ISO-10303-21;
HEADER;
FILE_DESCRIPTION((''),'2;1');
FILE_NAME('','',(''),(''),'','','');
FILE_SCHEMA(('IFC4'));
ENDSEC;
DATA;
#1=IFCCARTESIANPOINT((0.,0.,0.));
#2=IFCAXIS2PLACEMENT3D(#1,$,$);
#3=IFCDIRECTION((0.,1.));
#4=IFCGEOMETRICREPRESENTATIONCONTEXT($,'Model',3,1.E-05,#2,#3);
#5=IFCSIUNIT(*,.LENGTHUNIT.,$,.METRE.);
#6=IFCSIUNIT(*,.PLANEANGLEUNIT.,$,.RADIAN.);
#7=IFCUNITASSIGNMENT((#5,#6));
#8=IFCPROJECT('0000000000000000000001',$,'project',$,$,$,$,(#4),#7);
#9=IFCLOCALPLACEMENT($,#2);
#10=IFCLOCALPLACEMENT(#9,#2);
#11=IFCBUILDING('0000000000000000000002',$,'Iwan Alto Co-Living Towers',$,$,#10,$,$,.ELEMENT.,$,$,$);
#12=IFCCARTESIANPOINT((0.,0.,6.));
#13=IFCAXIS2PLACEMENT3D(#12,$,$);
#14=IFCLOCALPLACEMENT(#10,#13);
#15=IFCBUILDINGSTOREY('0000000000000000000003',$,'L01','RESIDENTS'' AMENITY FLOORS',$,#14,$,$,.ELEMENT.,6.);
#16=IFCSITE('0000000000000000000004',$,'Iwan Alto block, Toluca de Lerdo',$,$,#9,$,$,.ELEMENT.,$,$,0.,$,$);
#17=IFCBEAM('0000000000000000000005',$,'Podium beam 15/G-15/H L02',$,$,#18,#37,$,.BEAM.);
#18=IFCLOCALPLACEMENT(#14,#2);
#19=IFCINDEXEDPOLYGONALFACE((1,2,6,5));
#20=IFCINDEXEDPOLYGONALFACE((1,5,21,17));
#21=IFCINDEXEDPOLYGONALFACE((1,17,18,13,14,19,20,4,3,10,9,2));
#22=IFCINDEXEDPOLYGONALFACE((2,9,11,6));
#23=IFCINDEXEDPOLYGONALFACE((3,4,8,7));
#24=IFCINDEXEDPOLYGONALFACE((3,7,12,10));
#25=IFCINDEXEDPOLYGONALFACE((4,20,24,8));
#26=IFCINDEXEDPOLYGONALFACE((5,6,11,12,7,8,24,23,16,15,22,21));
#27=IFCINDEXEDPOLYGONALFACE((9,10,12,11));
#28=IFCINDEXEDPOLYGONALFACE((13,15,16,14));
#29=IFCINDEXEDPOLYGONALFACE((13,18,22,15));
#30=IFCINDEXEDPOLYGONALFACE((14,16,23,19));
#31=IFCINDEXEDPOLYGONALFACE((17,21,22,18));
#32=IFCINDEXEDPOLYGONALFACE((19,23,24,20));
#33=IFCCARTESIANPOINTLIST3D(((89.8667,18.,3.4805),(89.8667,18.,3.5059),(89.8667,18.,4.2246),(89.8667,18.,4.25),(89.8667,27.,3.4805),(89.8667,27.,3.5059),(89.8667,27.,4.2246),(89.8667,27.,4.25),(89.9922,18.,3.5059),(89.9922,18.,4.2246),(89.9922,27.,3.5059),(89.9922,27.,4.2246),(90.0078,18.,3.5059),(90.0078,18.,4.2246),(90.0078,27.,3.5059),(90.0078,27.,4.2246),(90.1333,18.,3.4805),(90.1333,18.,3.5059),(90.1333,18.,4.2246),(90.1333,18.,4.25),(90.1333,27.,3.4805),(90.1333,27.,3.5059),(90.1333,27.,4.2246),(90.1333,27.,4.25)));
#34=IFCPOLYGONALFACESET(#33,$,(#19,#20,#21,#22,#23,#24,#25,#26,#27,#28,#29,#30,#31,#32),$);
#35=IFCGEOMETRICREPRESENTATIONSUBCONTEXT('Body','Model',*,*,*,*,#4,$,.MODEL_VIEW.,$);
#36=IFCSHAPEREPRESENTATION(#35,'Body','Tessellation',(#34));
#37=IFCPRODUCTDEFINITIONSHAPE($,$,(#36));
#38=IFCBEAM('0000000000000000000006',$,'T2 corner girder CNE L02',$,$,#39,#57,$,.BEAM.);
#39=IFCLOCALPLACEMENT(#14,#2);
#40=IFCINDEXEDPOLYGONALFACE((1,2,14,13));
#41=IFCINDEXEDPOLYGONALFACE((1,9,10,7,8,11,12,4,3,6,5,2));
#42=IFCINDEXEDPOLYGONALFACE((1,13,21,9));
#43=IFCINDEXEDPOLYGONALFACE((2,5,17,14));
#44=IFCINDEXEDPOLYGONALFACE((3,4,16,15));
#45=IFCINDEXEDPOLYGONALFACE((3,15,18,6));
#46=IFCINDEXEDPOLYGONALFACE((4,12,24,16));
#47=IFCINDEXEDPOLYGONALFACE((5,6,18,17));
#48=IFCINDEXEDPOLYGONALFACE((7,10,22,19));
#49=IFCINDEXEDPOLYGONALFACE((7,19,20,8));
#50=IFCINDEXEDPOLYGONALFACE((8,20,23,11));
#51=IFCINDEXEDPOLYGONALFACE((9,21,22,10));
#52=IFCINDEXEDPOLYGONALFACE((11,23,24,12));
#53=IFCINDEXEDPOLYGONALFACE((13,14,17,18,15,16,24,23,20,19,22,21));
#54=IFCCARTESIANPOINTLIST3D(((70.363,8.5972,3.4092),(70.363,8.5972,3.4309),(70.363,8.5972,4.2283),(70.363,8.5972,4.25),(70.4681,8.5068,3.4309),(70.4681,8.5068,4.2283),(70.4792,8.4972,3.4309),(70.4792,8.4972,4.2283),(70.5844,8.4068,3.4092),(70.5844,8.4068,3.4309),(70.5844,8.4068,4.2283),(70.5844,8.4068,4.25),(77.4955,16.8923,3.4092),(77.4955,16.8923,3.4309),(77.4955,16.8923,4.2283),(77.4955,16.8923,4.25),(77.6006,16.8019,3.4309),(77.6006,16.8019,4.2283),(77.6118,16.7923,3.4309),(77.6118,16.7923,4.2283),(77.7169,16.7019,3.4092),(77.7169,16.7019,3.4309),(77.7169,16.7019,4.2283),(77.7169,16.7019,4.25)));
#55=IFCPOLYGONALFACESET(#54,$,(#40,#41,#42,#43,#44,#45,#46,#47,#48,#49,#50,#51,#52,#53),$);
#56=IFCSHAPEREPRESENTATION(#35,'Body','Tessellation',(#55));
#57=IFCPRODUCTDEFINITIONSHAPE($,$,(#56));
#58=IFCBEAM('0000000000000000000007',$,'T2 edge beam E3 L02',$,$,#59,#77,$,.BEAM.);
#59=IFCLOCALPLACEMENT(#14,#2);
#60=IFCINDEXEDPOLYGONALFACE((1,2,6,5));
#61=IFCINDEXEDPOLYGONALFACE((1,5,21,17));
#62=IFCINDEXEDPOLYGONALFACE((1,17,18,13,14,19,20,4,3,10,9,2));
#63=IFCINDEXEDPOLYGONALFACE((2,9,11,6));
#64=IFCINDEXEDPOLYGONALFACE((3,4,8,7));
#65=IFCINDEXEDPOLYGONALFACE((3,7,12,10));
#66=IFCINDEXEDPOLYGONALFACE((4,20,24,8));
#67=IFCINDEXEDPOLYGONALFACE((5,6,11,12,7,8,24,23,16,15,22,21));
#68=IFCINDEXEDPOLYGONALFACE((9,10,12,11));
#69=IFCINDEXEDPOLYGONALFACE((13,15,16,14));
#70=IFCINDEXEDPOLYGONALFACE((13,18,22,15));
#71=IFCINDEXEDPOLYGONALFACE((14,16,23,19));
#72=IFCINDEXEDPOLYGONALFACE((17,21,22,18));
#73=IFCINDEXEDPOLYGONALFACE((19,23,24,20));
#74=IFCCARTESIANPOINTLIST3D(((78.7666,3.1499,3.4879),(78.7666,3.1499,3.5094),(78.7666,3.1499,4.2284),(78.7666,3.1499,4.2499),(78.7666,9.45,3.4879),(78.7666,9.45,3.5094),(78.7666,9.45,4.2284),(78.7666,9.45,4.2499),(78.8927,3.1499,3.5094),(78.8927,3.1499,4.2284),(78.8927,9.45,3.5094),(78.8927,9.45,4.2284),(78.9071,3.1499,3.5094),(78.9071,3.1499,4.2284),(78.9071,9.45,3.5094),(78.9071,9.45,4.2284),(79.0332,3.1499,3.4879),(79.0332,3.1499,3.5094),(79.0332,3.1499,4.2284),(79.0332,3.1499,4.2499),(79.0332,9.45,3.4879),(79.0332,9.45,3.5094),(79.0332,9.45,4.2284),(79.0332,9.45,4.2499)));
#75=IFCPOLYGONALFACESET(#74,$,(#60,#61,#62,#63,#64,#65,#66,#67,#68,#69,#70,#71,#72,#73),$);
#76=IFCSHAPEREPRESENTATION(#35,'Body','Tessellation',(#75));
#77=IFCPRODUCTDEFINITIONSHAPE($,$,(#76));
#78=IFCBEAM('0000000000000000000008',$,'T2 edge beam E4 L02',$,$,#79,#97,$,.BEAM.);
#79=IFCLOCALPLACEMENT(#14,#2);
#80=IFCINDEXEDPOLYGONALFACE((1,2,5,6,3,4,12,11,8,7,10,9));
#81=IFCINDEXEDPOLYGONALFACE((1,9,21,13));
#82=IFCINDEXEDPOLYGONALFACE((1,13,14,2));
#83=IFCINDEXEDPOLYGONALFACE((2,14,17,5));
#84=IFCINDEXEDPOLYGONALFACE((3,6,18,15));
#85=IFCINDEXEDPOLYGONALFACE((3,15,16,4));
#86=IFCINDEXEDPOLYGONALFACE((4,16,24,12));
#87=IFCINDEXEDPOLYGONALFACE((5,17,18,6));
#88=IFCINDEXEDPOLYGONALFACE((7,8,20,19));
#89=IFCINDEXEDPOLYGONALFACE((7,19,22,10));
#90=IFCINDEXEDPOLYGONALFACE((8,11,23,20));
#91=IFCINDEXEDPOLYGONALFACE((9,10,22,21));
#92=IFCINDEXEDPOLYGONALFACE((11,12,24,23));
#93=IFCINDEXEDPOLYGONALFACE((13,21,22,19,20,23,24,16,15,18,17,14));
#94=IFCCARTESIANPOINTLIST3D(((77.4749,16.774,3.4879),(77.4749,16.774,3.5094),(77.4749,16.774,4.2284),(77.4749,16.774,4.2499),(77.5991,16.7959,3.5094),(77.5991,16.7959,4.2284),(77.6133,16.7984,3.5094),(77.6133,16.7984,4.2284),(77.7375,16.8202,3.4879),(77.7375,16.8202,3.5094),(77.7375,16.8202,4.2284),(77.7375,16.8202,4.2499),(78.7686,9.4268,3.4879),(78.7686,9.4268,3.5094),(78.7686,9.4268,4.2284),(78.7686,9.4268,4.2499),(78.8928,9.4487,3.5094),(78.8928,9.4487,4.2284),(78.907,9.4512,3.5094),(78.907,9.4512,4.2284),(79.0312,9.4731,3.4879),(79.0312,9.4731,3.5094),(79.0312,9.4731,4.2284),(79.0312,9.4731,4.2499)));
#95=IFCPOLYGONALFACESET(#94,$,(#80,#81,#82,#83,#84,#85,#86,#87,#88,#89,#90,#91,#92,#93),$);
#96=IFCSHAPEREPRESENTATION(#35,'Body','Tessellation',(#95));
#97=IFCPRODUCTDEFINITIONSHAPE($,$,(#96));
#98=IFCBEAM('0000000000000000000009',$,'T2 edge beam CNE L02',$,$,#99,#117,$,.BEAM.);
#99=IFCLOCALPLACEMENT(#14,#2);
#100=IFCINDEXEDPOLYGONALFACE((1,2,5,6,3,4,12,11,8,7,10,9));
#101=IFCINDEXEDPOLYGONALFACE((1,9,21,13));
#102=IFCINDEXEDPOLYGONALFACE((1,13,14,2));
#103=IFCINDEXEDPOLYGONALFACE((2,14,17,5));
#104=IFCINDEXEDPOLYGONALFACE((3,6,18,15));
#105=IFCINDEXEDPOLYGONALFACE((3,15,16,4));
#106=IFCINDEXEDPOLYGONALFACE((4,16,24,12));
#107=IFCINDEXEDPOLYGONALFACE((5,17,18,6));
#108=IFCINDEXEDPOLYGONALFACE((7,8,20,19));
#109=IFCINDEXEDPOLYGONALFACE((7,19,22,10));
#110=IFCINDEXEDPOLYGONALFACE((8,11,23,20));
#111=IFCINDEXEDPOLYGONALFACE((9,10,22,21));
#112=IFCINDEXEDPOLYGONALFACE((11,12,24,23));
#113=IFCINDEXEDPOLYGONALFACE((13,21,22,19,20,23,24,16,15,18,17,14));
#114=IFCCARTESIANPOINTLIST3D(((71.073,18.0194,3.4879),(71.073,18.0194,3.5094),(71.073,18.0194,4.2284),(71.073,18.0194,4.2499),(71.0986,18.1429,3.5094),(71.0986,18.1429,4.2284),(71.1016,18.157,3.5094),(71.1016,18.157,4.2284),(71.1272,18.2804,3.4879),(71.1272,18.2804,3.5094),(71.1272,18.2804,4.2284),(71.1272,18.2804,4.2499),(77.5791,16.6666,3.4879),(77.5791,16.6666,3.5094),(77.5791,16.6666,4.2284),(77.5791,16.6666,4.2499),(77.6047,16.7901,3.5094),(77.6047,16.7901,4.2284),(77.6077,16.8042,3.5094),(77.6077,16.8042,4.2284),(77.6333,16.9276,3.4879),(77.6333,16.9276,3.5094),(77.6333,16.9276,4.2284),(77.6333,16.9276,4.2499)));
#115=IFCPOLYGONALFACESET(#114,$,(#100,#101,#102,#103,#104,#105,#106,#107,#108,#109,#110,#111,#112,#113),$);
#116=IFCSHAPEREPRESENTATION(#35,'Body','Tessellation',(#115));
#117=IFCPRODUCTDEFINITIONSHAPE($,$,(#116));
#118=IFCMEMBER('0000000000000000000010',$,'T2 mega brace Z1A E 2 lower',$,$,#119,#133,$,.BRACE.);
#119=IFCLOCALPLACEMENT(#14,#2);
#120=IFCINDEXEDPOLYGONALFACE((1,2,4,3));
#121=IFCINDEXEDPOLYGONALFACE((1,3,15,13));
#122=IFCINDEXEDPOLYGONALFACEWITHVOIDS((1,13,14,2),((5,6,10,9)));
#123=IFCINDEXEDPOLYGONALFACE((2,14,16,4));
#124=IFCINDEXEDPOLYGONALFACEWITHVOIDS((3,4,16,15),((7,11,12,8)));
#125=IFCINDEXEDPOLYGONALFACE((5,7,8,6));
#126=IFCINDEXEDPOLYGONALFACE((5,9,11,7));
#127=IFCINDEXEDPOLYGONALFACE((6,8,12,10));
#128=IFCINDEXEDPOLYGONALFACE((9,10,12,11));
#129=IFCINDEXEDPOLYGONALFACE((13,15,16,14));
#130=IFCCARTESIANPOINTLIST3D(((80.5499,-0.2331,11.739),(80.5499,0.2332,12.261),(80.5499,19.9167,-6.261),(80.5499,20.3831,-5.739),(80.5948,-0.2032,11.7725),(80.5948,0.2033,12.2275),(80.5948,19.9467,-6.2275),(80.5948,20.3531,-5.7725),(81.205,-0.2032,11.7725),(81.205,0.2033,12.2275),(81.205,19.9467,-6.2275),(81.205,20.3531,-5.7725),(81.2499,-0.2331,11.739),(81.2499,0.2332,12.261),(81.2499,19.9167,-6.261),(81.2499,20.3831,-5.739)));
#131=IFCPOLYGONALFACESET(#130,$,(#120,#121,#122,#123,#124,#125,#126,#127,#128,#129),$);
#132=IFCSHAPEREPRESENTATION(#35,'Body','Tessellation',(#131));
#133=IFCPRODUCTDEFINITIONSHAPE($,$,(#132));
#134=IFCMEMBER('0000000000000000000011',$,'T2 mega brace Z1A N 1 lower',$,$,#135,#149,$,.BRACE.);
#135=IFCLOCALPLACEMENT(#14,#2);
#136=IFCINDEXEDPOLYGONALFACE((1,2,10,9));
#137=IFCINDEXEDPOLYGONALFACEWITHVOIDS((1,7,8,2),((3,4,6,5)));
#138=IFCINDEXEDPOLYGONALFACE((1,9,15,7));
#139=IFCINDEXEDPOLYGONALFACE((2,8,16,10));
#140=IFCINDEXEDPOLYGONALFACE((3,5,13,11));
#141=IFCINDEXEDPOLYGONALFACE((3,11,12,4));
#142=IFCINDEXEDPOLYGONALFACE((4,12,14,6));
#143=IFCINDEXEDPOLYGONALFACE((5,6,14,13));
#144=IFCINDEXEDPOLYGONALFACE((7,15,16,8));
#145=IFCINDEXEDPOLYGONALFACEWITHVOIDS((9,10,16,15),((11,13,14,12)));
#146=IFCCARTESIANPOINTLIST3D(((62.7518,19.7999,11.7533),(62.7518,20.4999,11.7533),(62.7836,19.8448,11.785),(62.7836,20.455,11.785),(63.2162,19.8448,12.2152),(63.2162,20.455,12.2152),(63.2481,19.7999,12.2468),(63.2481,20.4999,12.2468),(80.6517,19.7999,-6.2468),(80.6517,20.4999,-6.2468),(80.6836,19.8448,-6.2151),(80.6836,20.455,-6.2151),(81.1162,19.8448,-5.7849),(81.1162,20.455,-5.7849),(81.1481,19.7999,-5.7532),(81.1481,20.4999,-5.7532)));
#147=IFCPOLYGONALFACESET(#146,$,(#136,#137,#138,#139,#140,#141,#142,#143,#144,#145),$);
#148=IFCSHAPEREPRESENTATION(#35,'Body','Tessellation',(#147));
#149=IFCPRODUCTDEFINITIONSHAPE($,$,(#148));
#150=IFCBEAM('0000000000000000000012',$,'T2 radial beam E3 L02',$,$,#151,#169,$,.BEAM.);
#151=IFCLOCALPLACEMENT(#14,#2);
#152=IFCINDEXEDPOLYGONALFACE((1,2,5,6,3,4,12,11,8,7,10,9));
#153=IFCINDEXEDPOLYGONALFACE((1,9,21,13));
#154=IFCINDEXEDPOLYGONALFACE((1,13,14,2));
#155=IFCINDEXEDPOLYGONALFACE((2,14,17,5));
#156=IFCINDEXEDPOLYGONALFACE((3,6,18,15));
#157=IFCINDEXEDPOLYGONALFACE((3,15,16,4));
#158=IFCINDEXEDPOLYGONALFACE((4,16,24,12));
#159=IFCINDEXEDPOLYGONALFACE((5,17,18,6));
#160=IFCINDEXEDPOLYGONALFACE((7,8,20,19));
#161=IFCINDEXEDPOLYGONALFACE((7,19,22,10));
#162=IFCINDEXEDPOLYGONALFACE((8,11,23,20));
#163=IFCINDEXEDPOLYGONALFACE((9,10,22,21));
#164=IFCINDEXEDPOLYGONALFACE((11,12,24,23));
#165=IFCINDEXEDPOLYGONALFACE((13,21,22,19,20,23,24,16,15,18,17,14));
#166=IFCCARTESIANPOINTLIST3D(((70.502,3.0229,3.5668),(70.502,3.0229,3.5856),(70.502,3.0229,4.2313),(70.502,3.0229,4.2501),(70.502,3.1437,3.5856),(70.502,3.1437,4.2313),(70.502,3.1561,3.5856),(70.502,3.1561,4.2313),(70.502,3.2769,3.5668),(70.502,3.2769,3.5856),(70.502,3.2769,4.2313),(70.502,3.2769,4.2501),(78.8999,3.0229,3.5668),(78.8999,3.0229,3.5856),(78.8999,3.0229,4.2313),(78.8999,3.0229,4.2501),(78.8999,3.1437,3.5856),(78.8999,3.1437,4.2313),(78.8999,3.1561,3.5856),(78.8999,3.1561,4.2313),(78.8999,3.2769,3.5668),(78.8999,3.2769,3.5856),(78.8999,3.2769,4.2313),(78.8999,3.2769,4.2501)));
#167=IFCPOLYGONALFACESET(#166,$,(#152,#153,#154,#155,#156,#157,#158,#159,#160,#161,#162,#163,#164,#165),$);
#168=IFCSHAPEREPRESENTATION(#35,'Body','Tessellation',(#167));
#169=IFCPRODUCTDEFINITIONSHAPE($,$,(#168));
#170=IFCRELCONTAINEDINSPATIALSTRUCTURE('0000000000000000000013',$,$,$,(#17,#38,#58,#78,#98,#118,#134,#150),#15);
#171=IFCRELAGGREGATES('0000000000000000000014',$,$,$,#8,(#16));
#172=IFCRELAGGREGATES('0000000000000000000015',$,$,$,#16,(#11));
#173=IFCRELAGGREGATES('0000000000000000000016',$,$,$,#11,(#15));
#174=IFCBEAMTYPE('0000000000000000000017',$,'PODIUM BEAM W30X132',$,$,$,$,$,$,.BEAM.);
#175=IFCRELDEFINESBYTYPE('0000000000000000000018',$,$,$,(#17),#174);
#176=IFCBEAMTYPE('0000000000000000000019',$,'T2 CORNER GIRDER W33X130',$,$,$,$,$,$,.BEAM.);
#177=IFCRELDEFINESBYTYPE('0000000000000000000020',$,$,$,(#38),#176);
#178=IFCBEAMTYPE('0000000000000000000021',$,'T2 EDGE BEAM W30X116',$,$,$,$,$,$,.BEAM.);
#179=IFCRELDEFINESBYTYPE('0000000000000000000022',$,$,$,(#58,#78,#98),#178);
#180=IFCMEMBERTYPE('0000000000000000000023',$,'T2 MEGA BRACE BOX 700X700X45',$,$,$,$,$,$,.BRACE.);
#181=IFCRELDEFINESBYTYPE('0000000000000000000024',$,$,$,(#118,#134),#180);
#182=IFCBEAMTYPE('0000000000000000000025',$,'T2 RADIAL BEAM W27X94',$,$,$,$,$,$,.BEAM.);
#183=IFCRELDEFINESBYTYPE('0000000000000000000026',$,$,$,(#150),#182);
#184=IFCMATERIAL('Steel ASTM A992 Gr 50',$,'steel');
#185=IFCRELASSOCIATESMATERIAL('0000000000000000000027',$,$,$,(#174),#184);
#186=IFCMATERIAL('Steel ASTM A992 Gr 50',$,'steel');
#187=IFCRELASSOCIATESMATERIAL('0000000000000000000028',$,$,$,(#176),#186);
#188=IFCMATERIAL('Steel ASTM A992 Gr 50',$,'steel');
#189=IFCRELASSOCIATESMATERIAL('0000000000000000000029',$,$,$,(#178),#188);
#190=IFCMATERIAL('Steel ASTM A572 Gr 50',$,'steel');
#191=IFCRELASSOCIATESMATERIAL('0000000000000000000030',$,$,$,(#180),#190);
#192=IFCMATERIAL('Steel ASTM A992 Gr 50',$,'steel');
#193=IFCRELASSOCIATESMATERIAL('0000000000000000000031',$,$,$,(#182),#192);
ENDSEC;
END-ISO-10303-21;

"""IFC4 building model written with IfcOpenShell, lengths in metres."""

from ifc_helpers import new_model, si_unit, direction, frame, origin, origin_2d, place, context, subcontext, project, spatial, hollow_rectangle, i_section, extrude, material, material_profile, profile_set, type_object, element, save


model = new_model("IFC4")

# Units and contexts
model_context = context("Model", 3, precision=1e-05, world=origin(), true_north=direction((0.0, 1.0)))
body_context = subcontext(model_context, "Body", "Model", "MODEL_VIEW")
ifc_project = project(units=[si_unit("LENGTHUNIT", "METRE"), si_unit("PLANEANGLEUNIT", "RADIAN")], contexts=[model_context])

# Site, building, storey
site_placement = place(None, origin())
site = spatial("IfcSite", under=ifc_project, at=site_placement, Name="Iwan Alto block, Toluca de Lerdo", CompositionType="ELEMENT", RefElevation=0.0)
building_placement = place(site_placement, origin())
building = spatial("IfcBuilding", under=site, at=building_placement, Name="Iwan Alto Co-Living Towers", CompositionType="ELEMENT")
storey_placement = place(building_placement, frame((0.0, 0.0, 6.0)))
storey = spatial("IfcBuildingStorey", under=building, at=storey_placement, Name="L01", Description="RESIDENTS' AMENITY FLOORS", CompositionType="ELEMENT", Elevation=6.0)

# Beams
ifc_material_1 = material(Name="Steel ASTM A992 Gr 50", Category="steel")
ifc_material_profile_1 = material_profile(ifc_material_1, i_section(OverallWidth=0.2666, OverallDepth=0.7695, WebThickness=0.0156, FlangeThickness=0.0254, at=origin_2d()), Name="W30X132")
ifc_profile_set_1 = profile_set([ifc_material_profile_1], Name="Steel ASTM A992 Gr 50")
beam_type_1 = type_object("IfcBeamType", Name="PODIUM BEAM W30X132", PredefinedType="BEAM", material=ifc_profile_set_1)
for number, where, z_axis, x_axis, name in (
    (1, (90.0, 18.0, 3.8652), (0.0, 1.0, 0.0), (-1.0, 0.0, 0.0), "Podium beam 15/G-15/H L02"),
):
    element("IfcBeam", number, at=place(storey_placement, frame(where, z_axis=z_axis, x_axis=x_axis)), inside=storey, type_object=beam_type_1, Name=name, PredefinedType="BEAM", context=body_context, shape_type="SweptSolid", body=[
        extrude(i_section(OverallWidth=0.2666, OverallDepth=0.7695, WebThickness=0.0156, FlangeThickness=0.0254, at=origin_2d()), origin(), (0.0, 0.0, 1.0), 9.0),
    ])
ifc_material_2 = material(Name="Steel ASTM A992 Gr 50", Category="steel")
ifc_material_profile_2 = material_profile(ifc_material_2, i_section(OverallWidth=0.292, OverallDepth=0.8408, WebThickness=0.0146, FlangeThickness=0.0217, at=origin_2d()), Name="W33X130")
ifc_profile_set_2 = profile_set([ifc_material_profile_2], Name="Steel ASTM A992 Gr 50")
beam_type_2 = type_object("IfcBeamType", Name="T2 CORNER GIRDER W33X130", PredefinedType="BEAM", material=ifc_profile_set_2)
beam_1_placement = place(storey_placement, frame((77.6062, 16.7971, 3.8296), z_axis=(-0.651972, -0.758243, 0.0), x_axis=(0.758243, -0.651972, 0.0)))
element("IfcBeam", 2, at=beam_1_placement, inside=storey, type_object=beam_type_2, Name="T2 corner girder CNE L02", PredefinedType="BEAM", context=body_context, shape_type="SweptSolid", body=[
    extrude(i_section(OverallWidth=0.292, OverallDepth=0.8408, WebThickness=0.0146, FlangeThickness=0.0217, at=origin_2d()), origin(), (0.0, 0.0, 1.0), 10.9399),
])
ifc_material_3 = material(Name="Steel ASTM A992 Gr 50", Category="steel")
ifc_material_profile_3 = material_profile(ifc_material_3, i_section(OverallWidth=0.2666, OverallDepth=0.762, WebThickness=0.0144, FlangeThickness=0.0215, at=origin_2d()), Name="W30X116")
ifc_profile_set_3 = profile_set([ifc_material_profile_3], Name="Steel ASTM A992 Gr 50")
beam_type_3 = type_object("IfcBeamType", Name="T2 EDGE BEAM W30X116", PredefinedType="BEAM", material=ifc_profile_set_3)
beam_2_placement = place(storey_placement, frame((78.8999, 3.1499, 3.8689), z_axis=(0.0, 1.0, 0.0), x_axis=(-1.0, 0.0, 0.0)))
element("IfcBeam", 3, at=beam_2_placement, inside=storey, type_object=beam_type_3, Name="T2 edge beam E3 L02", PredefinedType="BEAM", context=body_context, shape_type="SweptSolid", body=[
    extrude(i_section(OverallWidth=0.2666, OverallDepth=0.762, WebThickness=0.0144, FlangeThickness=0.0215, at=origin_2d()), origin(), (0.0, 0.0, 1.0), 6.3),
])
beam_3_placement = place(storey_placement, frame((78.8999, 9.45, 3.8689), z_axis=(-0.173414, 0.984849, 0.0), x_axis=(-0.984849, -0.173414, 0.0)))
element("IfcBeam", 4, at=beam_3_placement, inside=storey, type_object=beam_type_3, Name="T2 edge beam E4 L02", PredefinedType="BEAM", context=body_context, shape_type="SweptSolid", body=[
    extrude(i_section(OverallWidth=0.2666, OverallDepth=0.762, WebThickness=0.0144, FlangeThickness=0.0215, at=origin_2d()), origin(), (0.0, 0.0, 1.0), 7.4602),
])
beam_4_placement = place(storey_placement, frame((77.6062, 16.7971, 3.8689), z_axis=(-0.97906, 0.203571, 0.0), x_axis=(-0.203571, -0.97906, 0.0)))
element("IfcBeam", 5, at=beam_4_placement, inside=storey, type_object=beam_type_3, Name="T2 edge beam CNE L02", PredefinedType="BEAM", context=body_context, shape_type="SweptSolid", body=[
    extrude(i_section(OverallWidth=0.2666, OverallDepth=0.762, WebThickness=0.0144, FlangeThickness=0.0215, at=origin_2d()), origin(), (0.0, 0.0, 1.0), 6.6453),
])

# Members
ifc_material_4 = material(Name="Steel ASTM A572 Gr 50", Category="steel")
ifc_material_profile_4 = material_profile(ifc_material_4, hollow_rectangle(XDim=0.7, YDim=0.7, WallThickness=0.0449, at=origin_2d()), Name="BOX 700X700X45")
ifc_profile_set_4 = profile_set([ifc_material_profile_4], Name="Steel ASTM A572 Gr 50")
member_type = type_object("IfcMemberType", Name="T2 MEGA BRACE BOX 700X700X45", PredefinedType="BRACE", material=ifc_profile_set_4)
member_1_placement = place(storey_placement, frame((80.8999, 20.1499, -6.0), z_axis=(0.0, -0.745772, 0.666201), x_axis=(1.0, 0.0, 0.0)))
element("IfcMember", 6, at=member_1_placement, inside=storey, type_object=member_type, Name="T2 mega brace Z1A E 2 lower", PredefinedType="BRACE", context=body_context, shape_type="SweptSolid", body=[
    extrude(hollow_rectangle(XDim=0.7, YDim=0.7, WallThickness=0.0449, at=origin_2d()), origin(), (0.0, 0.0, 1.0), 27.0188),
])
member_2_placement = place(storey_placement, frame((80.8999, 20.1499, -6.0), z_axis=(-0.705132, 0.0, 0.709076), x_axis=(0.0, -1.0, 0.0)))
element("IfcMember", 7, at=member_2_placement, inside=storey, type_object=member_type, Name="T2 mega brace Z1A N 1 lower", PredefinedType="BRACE", context=body_context, shape_type="SweptSolid", body=[
    extrude(hollow_rectangle(XDim=0.7, YDim=0.7, WallThickness=0.0449, at=origin_2d()), origin(), (0.0, 0.0, 1.0), 25.3853),
])

# Beam
ifc_material_5 = material(Name="Steel ASTM A992 Gr 50", Category="steel")
ifc_material_profile_5 = material_profile(ifc_material_5, i_section(OverallWidth=0.2539, OverallDepth=0.6833, WebThickness=0.0125, FlangeThickness=0.0188, at=origin_2d()), Name="W27X94")
ifc_profile_set_5 = profile_set([ifc_material_profile_5], Name="Steel ASTM A992 Gr 50")
beam_type_4 = type_object("IfcBeamType", Name="T2 RADIAL BEAM W27X94", PredefinedType="BEAM", material=ifc_profile_set_5)
beam_5_placement = place(storey_placement, frame((78.8999, 3.1499, 3.9084), z_axis=(-1.0, 0.0, 0.0), x_axis=(0.0, -1.0, 0.0)))
element("IfcBeam", 8, at=beam_5_placement, inside=storey, type_object=beam_type_4, Name="T2 radial beam E3 L02", PredefinedType="BEAM", context=body_context, shape_type="SweptSolid", body=[
    extrude(i_section(OverallWidth=0.2539, OverallDepth=0.6833, WebThickness=0.0125, FlangeThickness=0.0188, at=origin_2d()), origin(), (0.0, 0.0, 1.0), 8.3979),
])

save(model, "model.ifc")
